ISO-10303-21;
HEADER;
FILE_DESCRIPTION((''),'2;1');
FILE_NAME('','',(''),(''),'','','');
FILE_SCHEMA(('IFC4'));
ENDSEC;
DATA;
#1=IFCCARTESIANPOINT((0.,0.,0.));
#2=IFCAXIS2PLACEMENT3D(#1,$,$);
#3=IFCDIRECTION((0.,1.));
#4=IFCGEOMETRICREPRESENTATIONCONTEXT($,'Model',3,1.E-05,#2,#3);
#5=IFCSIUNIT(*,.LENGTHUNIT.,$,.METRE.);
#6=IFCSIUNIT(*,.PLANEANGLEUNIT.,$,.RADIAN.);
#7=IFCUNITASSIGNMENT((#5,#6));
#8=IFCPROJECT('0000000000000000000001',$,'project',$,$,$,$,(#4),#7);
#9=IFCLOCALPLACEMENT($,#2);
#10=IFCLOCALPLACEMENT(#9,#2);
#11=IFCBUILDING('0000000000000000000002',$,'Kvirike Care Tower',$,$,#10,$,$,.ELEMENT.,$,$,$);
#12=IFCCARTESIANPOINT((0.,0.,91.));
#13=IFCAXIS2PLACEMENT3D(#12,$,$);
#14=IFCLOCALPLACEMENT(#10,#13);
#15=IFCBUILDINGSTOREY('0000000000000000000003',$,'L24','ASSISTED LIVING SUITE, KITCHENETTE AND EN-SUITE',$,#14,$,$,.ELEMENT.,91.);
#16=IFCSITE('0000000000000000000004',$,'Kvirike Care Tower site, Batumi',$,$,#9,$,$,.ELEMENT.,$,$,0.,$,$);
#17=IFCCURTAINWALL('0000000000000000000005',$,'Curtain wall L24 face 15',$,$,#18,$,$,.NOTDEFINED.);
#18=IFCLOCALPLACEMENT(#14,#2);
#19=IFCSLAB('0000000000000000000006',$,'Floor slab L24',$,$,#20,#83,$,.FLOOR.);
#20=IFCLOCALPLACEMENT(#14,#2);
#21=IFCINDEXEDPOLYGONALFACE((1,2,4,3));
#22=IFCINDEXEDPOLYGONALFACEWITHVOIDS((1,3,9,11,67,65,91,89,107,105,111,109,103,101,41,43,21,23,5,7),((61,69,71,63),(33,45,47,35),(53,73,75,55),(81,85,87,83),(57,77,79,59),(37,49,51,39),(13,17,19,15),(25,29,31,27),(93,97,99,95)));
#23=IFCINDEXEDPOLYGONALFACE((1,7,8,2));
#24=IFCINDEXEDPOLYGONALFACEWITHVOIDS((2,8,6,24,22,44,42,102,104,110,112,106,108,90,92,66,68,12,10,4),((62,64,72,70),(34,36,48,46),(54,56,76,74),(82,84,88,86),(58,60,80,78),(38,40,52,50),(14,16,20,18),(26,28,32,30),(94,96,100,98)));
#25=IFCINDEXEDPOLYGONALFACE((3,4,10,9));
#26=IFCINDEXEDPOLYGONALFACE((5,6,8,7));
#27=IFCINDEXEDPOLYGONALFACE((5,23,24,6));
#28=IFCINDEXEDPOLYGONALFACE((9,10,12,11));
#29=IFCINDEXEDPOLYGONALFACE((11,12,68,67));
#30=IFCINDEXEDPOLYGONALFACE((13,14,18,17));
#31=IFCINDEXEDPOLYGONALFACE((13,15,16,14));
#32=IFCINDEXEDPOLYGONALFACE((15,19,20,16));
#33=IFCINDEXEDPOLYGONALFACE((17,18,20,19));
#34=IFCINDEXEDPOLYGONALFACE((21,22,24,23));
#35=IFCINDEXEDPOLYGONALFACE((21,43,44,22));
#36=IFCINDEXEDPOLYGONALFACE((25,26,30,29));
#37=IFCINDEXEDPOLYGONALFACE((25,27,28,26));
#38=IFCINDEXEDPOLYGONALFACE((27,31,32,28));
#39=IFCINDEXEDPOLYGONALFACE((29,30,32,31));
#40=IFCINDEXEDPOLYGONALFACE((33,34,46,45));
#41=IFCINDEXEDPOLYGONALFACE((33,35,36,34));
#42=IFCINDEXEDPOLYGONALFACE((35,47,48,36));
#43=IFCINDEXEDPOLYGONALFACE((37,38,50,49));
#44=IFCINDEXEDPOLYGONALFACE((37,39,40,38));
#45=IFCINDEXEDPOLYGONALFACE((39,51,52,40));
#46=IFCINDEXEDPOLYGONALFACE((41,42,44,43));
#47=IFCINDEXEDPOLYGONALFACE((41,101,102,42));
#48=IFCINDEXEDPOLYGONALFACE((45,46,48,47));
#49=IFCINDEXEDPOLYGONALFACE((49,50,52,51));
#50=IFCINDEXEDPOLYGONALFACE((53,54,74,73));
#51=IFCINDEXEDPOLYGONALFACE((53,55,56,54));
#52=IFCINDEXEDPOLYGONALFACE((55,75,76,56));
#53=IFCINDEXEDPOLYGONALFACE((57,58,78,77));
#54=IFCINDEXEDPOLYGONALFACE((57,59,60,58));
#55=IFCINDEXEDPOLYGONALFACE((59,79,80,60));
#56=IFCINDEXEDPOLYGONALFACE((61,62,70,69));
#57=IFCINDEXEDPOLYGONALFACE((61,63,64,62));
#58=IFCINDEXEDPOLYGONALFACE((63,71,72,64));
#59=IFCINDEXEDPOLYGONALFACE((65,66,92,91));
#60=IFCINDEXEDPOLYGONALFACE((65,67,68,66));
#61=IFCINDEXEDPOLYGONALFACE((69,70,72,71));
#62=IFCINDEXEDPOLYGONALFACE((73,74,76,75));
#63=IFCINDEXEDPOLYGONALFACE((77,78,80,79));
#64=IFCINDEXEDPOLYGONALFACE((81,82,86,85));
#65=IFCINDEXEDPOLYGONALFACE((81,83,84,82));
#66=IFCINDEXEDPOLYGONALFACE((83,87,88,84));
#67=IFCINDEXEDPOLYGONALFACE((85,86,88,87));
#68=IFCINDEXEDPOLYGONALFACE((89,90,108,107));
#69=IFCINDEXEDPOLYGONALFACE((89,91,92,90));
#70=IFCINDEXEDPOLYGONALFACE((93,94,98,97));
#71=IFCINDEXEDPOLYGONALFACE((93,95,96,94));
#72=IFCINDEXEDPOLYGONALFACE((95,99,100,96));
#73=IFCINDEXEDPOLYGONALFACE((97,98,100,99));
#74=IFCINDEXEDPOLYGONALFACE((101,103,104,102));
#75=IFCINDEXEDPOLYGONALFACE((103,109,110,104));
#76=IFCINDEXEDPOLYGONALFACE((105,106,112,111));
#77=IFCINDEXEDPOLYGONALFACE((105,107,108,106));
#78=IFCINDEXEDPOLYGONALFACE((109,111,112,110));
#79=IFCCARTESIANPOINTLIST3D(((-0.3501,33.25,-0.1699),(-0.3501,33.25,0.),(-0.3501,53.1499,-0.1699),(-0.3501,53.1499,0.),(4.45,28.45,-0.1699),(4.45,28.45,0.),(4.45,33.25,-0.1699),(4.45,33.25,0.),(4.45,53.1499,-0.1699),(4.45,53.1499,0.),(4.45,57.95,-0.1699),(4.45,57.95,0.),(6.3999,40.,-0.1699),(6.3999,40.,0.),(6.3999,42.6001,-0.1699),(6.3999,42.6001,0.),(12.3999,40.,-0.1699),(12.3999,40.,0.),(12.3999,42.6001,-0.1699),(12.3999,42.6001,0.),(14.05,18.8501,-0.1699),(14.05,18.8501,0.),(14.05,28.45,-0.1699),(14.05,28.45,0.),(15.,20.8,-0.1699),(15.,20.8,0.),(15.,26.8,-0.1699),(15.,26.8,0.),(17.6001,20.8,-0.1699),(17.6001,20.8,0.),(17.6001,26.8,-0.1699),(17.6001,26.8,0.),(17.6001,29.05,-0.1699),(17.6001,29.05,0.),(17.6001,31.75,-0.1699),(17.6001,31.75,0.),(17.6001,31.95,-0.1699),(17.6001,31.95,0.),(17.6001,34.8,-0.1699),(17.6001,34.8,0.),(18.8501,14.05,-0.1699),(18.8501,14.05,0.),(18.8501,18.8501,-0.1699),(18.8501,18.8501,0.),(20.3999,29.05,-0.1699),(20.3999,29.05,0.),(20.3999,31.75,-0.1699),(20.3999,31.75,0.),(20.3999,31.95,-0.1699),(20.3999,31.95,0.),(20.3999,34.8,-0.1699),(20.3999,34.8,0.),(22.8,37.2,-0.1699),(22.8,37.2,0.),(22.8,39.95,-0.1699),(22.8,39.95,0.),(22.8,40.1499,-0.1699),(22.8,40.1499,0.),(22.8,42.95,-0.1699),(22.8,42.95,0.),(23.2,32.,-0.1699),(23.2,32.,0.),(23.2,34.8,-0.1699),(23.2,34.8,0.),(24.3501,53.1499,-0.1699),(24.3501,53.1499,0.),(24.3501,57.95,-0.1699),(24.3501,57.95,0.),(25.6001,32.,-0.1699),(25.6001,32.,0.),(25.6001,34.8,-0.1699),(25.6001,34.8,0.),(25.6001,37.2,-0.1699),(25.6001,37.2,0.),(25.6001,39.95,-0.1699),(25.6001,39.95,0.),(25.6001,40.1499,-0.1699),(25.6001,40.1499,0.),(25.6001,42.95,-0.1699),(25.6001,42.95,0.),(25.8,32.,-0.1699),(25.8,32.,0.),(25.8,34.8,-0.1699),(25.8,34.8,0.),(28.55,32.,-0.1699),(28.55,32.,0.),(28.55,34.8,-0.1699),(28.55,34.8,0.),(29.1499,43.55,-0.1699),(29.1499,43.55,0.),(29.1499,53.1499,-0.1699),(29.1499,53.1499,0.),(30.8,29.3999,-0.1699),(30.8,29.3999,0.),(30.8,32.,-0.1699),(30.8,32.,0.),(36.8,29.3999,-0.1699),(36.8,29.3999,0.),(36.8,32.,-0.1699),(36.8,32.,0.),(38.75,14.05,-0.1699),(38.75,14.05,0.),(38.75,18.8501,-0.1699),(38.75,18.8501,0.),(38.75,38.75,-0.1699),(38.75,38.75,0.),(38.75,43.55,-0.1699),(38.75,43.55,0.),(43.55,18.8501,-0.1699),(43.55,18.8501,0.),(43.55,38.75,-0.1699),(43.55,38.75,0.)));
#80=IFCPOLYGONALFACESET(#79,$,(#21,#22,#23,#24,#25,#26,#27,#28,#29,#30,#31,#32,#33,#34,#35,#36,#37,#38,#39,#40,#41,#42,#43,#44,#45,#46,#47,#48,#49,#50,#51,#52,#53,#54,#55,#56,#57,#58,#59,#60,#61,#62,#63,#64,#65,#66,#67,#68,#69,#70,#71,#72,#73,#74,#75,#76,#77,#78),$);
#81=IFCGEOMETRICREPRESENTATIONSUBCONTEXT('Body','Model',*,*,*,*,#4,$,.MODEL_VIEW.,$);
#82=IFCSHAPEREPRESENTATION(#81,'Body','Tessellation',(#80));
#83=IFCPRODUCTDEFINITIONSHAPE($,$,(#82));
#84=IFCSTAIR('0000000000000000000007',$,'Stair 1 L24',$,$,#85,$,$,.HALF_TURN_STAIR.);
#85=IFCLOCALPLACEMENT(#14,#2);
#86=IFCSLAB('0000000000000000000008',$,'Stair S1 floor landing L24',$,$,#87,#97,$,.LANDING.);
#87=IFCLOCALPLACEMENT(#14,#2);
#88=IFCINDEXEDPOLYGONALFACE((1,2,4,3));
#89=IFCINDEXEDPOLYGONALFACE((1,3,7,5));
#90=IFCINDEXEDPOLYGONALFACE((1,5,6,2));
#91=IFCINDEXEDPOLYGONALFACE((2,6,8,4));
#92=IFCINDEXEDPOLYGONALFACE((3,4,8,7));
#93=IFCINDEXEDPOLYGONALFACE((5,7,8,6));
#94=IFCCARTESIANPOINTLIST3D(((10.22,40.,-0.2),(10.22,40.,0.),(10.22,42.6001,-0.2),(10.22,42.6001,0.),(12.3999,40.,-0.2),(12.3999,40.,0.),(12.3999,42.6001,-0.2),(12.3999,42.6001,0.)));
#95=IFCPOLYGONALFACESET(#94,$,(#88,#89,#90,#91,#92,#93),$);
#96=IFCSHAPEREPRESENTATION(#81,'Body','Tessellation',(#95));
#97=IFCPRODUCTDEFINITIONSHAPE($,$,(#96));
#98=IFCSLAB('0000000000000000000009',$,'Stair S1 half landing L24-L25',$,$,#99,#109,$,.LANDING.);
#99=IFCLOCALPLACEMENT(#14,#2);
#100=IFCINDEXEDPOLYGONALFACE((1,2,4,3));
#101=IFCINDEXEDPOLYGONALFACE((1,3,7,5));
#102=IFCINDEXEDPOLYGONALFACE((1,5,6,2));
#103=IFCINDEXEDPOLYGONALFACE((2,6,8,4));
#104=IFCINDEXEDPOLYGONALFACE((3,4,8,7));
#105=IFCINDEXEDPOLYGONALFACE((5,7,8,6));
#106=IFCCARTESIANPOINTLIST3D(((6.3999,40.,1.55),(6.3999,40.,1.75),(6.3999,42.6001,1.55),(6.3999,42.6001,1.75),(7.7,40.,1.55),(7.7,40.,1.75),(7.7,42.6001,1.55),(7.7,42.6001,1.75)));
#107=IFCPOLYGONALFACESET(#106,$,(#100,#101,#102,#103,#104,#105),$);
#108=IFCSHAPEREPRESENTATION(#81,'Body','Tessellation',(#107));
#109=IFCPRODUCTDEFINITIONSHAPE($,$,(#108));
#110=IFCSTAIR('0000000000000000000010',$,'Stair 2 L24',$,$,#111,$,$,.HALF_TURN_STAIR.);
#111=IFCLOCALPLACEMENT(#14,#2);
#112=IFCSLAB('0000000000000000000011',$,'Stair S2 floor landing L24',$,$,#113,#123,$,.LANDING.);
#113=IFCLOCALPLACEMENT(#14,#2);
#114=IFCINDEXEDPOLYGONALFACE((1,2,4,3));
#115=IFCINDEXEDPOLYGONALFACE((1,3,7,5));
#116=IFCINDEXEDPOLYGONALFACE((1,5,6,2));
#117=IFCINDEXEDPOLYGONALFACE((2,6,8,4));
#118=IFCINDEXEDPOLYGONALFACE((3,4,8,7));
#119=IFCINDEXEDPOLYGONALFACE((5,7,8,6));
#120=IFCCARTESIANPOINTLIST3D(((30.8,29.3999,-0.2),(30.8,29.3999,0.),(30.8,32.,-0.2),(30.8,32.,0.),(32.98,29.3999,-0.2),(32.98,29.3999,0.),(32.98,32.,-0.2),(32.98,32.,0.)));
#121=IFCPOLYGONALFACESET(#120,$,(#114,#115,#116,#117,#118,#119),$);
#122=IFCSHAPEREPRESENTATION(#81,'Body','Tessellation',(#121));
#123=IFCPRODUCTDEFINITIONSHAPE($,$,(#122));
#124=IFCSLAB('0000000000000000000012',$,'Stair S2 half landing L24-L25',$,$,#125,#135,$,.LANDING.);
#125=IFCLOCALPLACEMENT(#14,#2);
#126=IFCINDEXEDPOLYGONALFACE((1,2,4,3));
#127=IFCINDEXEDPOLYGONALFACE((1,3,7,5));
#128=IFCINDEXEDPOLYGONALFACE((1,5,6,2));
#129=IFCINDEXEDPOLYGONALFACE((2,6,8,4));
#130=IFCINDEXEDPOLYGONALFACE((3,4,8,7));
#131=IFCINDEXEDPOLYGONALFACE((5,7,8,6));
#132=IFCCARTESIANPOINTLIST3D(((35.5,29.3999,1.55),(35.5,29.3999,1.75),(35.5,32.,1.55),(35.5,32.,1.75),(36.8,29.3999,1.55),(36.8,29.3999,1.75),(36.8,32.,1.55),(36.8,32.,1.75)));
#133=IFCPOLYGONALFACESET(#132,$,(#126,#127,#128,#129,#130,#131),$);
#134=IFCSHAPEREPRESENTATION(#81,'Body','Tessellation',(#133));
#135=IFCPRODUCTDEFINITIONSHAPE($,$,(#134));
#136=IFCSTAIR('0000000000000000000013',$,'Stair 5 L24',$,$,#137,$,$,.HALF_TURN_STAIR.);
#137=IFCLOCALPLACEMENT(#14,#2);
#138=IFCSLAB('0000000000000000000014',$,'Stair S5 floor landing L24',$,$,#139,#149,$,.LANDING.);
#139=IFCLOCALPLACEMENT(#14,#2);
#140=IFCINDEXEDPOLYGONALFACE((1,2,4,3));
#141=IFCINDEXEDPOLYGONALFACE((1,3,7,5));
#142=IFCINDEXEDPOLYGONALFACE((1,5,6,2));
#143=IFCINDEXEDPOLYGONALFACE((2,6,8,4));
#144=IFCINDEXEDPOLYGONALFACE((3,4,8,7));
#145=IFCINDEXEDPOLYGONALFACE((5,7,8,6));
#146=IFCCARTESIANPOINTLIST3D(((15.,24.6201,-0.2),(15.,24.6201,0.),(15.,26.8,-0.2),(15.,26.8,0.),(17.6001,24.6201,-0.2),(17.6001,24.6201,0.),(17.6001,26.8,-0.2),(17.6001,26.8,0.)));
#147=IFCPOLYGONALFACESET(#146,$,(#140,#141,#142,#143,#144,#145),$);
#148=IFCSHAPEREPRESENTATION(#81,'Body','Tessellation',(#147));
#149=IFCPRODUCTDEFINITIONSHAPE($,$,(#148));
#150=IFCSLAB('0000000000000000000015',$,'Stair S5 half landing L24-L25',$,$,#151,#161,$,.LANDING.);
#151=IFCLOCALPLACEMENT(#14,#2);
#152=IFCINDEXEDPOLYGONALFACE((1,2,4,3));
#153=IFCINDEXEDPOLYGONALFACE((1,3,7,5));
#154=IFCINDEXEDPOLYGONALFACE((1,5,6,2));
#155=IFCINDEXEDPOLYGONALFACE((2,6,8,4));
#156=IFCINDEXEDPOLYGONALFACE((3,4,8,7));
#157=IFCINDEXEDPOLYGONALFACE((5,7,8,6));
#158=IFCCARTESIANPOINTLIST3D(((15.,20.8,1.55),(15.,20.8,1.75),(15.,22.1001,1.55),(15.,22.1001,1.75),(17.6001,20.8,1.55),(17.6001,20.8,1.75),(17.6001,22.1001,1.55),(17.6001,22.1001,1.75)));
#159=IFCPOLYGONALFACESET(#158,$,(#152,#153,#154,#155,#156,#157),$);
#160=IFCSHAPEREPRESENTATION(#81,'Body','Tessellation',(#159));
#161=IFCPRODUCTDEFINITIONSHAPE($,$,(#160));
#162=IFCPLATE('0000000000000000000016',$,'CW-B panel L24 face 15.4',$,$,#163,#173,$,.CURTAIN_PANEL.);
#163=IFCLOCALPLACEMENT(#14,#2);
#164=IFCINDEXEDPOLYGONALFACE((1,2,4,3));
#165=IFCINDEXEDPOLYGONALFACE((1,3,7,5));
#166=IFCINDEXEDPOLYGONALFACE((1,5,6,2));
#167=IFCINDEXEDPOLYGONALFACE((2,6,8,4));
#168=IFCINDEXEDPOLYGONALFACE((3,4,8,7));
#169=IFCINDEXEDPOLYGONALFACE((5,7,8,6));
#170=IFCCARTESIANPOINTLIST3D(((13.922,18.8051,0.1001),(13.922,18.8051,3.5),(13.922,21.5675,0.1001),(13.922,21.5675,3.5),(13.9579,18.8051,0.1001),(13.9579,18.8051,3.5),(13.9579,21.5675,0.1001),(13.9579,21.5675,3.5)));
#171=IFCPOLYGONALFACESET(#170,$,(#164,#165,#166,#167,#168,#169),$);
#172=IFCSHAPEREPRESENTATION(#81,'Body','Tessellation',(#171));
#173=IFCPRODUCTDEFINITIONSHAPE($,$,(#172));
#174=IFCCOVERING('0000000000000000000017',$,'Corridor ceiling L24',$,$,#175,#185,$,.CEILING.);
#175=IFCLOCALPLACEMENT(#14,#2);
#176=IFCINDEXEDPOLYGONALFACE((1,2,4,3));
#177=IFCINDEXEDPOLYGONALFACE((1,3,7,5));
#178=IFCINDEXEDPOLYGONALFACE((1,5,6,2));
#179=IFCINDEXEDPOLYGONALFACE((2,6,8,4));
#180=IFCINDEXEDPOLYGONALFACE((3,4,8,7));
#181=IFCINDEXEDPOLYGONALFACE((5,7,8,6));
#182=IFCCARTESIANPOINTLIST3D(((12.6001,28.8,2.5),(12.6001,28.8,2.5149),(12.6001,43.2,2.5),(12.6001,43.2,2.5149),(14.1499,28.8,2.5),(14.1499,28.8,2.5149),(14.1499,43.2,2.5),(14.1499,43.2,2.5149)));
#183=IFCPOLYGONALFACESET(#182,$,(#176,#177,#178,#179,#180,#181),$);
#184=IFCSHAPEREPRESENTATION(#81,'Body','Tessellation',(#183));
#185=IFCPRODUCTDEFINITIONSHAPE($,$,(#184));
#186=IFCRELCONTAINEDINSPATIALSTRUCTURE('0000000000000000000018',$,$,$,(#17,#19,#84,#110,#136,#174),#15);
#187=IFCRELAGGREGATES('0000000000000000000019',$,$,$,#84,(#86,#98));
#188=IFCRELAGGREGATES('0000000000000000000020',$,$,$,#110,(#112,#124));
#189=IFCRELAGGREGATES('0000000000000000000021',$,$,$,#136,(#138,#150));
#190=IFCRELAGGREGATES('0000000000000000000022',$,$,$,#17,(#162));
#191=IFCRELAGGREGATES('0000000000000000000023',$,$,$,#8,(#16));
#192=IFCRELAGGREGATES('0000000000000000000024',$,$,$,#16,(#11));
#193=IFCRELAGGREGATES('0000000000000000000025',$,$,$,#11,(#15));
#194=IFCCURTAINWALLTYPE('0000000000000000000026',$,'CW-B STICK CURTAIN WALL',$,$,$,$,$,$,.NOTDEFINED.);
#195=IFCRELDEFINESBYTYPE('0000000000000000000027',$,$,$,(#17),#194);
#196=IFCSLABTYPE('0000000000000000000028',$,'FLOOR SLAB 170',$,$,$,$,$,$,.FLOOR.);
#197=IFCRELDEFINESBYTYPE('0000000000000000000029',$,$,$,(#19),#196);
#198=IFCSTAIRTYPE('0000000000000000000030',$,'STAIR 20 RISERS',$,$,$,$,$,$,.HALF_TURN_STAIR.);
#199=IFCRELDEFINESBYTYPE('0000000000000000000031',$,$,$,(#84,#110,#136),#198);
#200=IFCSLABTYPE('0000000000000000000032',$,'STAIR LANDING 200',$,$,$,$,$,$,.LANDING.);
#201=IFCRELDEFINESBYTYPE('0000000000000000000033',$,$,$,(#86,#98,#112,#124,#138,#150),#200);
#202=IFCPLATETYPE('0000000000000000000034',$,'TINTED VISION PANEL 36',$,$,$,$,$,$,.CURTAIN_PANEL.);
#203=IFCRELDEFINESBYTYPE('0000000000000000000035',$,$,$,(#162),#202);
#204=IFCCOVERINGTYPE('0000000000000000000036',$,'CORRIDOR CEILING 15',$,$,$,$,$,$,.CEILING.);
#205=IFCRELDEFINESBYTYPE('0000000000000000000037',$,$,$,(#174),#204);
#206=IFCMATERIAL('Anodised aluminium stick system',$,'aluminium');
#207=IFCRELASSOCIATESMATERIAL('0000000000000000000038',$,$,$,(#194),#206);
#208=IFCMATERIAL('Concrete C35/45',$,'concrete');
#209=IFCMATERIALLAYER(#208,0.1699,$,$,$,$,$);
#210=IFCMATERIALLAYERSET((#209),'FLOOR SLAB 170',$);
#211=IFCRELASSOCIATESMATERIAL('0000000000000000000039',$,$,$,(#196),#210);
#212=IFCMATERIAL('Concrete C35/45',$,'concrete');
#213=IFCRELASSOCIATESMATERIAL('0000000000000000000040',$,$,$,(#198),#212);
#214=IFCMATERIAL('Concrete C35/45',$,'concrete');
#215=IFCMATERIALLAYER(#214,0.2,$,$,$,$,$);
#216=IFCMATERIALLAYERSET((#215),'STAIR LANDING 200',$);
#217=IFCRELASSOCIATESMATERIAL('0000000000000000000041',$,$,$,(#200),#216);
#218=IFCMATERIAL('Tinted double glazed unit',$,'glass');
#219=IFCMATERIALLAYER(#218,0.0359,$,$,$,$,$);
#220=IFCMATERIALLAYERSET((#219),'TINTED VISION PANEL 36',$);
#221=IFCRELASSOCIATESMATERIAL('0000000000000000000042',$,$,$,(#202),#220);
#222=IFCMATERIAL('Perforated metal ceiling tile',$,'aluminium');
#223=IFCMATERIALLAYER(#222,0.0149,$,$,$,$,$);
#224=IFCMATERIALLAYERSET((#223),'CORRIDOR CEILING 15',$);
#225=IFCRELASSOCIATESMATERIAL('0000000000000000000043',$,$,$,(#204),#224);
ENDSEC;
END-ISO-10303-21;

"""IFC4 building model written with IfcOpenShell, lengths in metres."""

from ifc_helpers import new_model, si_unit, direction, frame, origin, origin_2d, place, context, subcontext, project, spatial, polyline, rectangle, outline, extrude, material, layer, layer_set, type_object, element, aggregate, save


model = new_model("IFC4")

# Units and contexts
model_context = context("Model", 3, precision=1e-05, world=origin(), true_north=direction((0.0, 1.0)))
body_context = subcontext(model_context, "Body", "Model", "MODEL_VIEW")
ifc_project = project(units=[si_unit("LENGTHUNIT", "METRE"), si_unit("PLANEANGLEUNIT", "RADIAN")], contexts=[model_context])

# Site, building, storey
site_placement = place(None, origin())
site = spatial("IfcSite", under=ifc_project, at=site_placement, Name="Kvirike Care Tower site, Batumi", CompositionType="ELEMENT", RefElevation=0.0)
building_placement = place(site_placement, origin())
building = spatial("IfcBuilding", under=site, at=building_placement, Name="Kvirike Care Tower", CompositionType="ELEMENT")
storey_placement = place(building_placement, frame((0.0, 0.0, 91.0)))
storey = spatial("IfcBuildingStorey", under=building, at=storey_placement, Name="L24", Description="ASSISTED LIVING SUITE, KITCHENETTE AND EN-SUITE", CompositionType="ELEMENT", Elevation=91.0)

# Curtain wall
ifc_material_1 = material(Name="Anodised aluminium stick system", Category="aluminium")
curtain_wall_type = type_object("IfcCurtainWallType", Name="CW-B STICK CURTAIN WALL", PredefinedType="NOTDEFINED", material=ifc_material_1)
curtain_wall_1_placement = place(storey_placement, origin())
curtain_wall_1 = element("IfcCurtainWall", 1, at=curtain_wall_1_placement, inside=storey, type_object=curtain_wall_type, Name="Curtain wall L24 face 15", PredefinedType="NOTDEFINED")

# Slab
ifc_material_2 = material(Name="Concrete C35/45", Category="concrete")
ifc_layer_1 = layer(ifc_material_2, 0.1699)
ifc_layer_set_1 = layer_set([ifc_layer_1], Name="FLOOR SLAB 170")
slab_type_1 = type_object("IfcSlabType", Name="FLOOR SLAB 170", PredefinedType="FLOOR", material=ifc_layer_set_1)
slab_1_placement = place(storey_placement, frame((0.0, 0.0, -0.1699)))
element("IfcSlab", 2, at=slab_1_placement, inside=storey, type_object=slab_type_1, Name="Floor slab L24", PredefinedType="FLOOR", context=body_context, shape_type="SweptSolid", body=[
    extrude(outline(polyline([(43.55, 18.8501), (43.55, 38.75), (38.75, 38.75), (38.75, 43.55), (29.1499, 43.55), (29.1499, 53.1499), (24.3501, 53.1499), (24.3501, 57.95), (4.45, 57.95), (4.45, 53.1499), (-0.3501, 53.1499), (-0.3501, 33.25), (4.45, 33.25), (4.45, 28.45), (14.05, 28.45), (14.05, 18.8501), (18.8501, 18.8501), (18.8501, 14.05), (38.75, 14.05), (38.75, 18.8501), (43.55, 18.8501)]), holes=[polyline([(17.6001, 29.05), (17.6001, 31.75), (20.3999, 31.75), (20.3999, 29.05), (17.6001, 29.05)]), polyline([(17.6001, 31.95), (17.6001, 34.8), (20.3999, 34.8), (20.3999, 31.95), (17.6001, 31.95)]), polyline([(22.8, 37.2), (22.8, 39.95), (25.6001, 39.95), (25.6001, 37.2), (22.8, 37.2)]), polyline([(22.8, 40.1499), (22.8, 42.95), (25.6001, 42.95), (25.6001, 40.1499), (22.8, 40.1499)]), polyline([(23.2, 32.0), (23.2, 34.8), (25.6001, 34.8), (25.6001, 32.0), (23.2, 32.0)]), polyline([(25.8, 32.0), (25.8, 34.8), (28.55, 34.8), (28.55, 32.0), (25.8, 32.0)]), polyline([(12.3999, 42.6001), (12.3999, 40.0), (6.3999, 40.0), (6.3999, 42.6001), (12.3999, 42.6001)]), polyline([(30.8, 29.3999), (30.8, 32.0), (36.8, 32.0), (36.8, 29.3999), (30.8, 29.3999)]), polyline([(15.0, 26.8), (17.6001, 26.8), (17.6001, 20.8), (15.0, 20.8), (15.0, 26.8)])]), origin(), (0.0, 0.0, 1.0), 0.1699),
])

# Stairs, slabs
ifc_material_3 = material(Name="Concrete C35/45", Category="concrete")
stair_type = type_object("IfcStairType", Name="STAIR 20 RISERS", PredefinedType="HALF_TURN_STAIR", material=ifc_material_3)
stair_1_placement = place(storey_placement, origin())
stair_1 = element("IfcStair", 3, at=stair_1_placement, inside=storey, type_object=stair_type, Name="Stair 1 L24", PredefinedType="HALF_TURN_STAIR")
ifc_material_4 = material(Name="Concrete C35/45", Category="concrete")
ifc_layer_2 = layer(ifc_material_4, 0.2)
ifc_layer_set_2 = layer_set([ifc_layer_2], Name="STAIR LANDING 200")
slab_type_2 = type_object("IfcSlabType", Name="STAIR LANDING 200", PredefinedType="LANDING", material=ifc_layer_set_2)
slab_2_placement = place(storey_placement, frame((0.0, 0.0, -0.2)))
slab_2 = element("IfcSlab", 4, at=slab_2_placement, type_object=slab_type_2, Name="Stair S1 floor landing L24", PredefinedType="LANDING", context=body_context, shape_type="SweptSolid", body=[
    extrude(outline(polyline([(10.22, 42.6001), (10.22, 40.0), (12.3999, 40.0), (12.3999, 42.6001), (10.22, 42.6001)])), origin(), (0.0, 0.0, 1.0), 0.2),
])
slab_3_placement = place(storey_placement, frame((0.0, 0.0, 1.55)))
slab_3 = element("IfcSlab", 5, at=slab_3_placement, type_object=slab_type_2, Name="Stair S1 half landing L24-L25", PredefinedType="LANDING", context=body_context, shape_type="SweptSolid", body=[
    extrude(outline(polyline([(6.3999, 42.6001), (6.3999, 40.0), (7.7, 40.0), (7.7, 42.6001), (6.3999, 42.6001)])), origin(), (0.0, 0.0, 1.0), 0.2),
])
aggregate(stair_1, [slab_2, slab_3])
stair_2_placement = place(storey_placement, origin())
stair_2 = element("IfcStair", 6, at=stair_2_placement, inside=storey, type_object=stair_type, Name="Stair 2 L24", PredefinedType="HALF_TURN_STAIR")
slab_4_placement = place(storey_placement, frame((0.0, 0.0, -0.2)))
slab_4 = element("IfcSlab", 7, at=slab_4_placement, type_object=slab_type_2, Name="Stair S2 floor landing L24", PredefinedType="LANDING", context=body_context, shape_type="SweptSolid", body=[
    extrude(outline(polyline([(32.98, 29.3999), (32.98, 32.0), (30.8, 32.0), (30.8, 29.3999), (32.98, 29.3999)])), origin(), (0.0, 0.0, 1.0), 0.2),
])
slab_5_placement = place(storey_placement, frame((0.0, 0.0, 1.55)))
slab_5 = element("IfcSlab", 8, at=slab_5_placement, type_object=slab_type_2, Name="Stair S2 half landing L24-L25", PredefinedType="LANDING", context=body_context, shape_type="SweptSolid", body=[
    extrude(outline(polyline([(36.8, 29.3999), (36.8, 32.0), (35.5, 32.0), (35.5, 29.3999), (36.8, 29.3999)])), origin(), (0.0, 0.0, 1.0), 0.2),
])
aggregate(stair_2, [slab_4, slab_5])
stair_3_placement = place(storey_placement, origin())
stair_3 = element("IfcStair", 9, at=stair_3_placement, inside=storey, type_object=stair_type, Name="Stair 5 L24", PredefinedType="HALF_TURN_STAIR")
slab_6_placement = place(storey_placement, frame((0.0, 0.0, -0.2)))
slab_6 = element("IfcSlab", 10, at=slab_6_placement, type_object=slab_type_2, Name="Stair S5 floor landing L24", PredefinedType="LANDING", context=body_context, shape_type="SweptSolid", body=[
    extrude(outline(polyline([(15.0, 24.6201), (17.6001, 24.6201), (17.6001, 26.8), (15.0, 26.8), (15.0, 24.6201)])), origin(), (0.0, 0.0, 1.0), 0.2),
])
slab_7_placement = place(storey_placement, frame((0.0, 0.0, 1.55)))
slab_7 = element("IfcSlab", 11, at=slab_7_placement, type_object=slab_type_2, Name="Stair S5 half landing L24-L25", PredefinedType="LANDING", context=body_context, shape_type="SweptSolid", body=[
    extrude(outline(polyline([(15.0, 20.8), (17.6001, 20.8), (17.6001, 22.1001), (15.0, 22.1001), (15.0, 20.8)])), origin(), (0.0, 0.0, 1.0), 0.2),
])
aggregate(stair_3, [slab_6, slab_7])

# Plate
ifc_material_5 = material(Name="Tinted double glazed unit", Category="glass")
ifc_layer_3 = layer(ifc_material_5, 0.0359)
ifc_layer_set_3 = layer_set([ifc_layer_3], Name="TINTED VISION PANEL 36")
plate_type = type_object("IfcPlateType", Name="TINTED VISION PANEL 36", PredefinedType="CURTAIN_PANEL", material=ifc_layer_set_3)
plate_placement = place(storey_placement, frame((13.9399, 20.1863, 0.1001), z_axis=(0.0, 0.0, 1.0), x_axis=(0.0, -1.0, 0.0)))
plate = element("IfcPlate", 12, at=plate_placement, type_object=plate_type, Name="CW-B panel L24 face 15.4", PredefinedType="CURTAIN_PANEL", context=body_context, shape_type="SweptSolid", body=[
    extrude(rectangle(XDim=2.7625, YDim=0.0359, at=origin_2d()), origin(), (0.0, 0.0, 1.0), 3.3999),
])
aggregate(curtain_wall_1, [plate])

# Covering
ifc_material_6 = material(Name="Perforated metal ceiling tile", Category="aluminium")
ifc_layer_4 = layer(ifc_material_6, 0.0149)
ifc_layer_set_4 = layer_set([ifc_layer_4], Name="CORRIDOR CEILING 15")
covering_type_1 = type_object("IfcCoveringType", Name="CORRIDOR CEILING 15", PredefinedType="CEILING", material=ifc_layer_set_4)
covering_1_placement = place(storey_placement, frame((0.0, 0.0, 2.5)))
element("IfcCovering", 13, at=covering_1_placement, inside=storey, type_object=covering_type_1, Name="Corridor ceiling L24", PredefinedType="CEILING", context=body_context, shape_type="SweptSolid", body=[
    extrude(outline(polyline([(12.6001, 43.2), (14.1499, 43.2), (14.1499, 28.8), (12.6001, 28.8), (12.6001, 43.2)])), origin(), (0.0, 0.0, 1.0), 0.0149),
])

save(model, "model.ifc")
